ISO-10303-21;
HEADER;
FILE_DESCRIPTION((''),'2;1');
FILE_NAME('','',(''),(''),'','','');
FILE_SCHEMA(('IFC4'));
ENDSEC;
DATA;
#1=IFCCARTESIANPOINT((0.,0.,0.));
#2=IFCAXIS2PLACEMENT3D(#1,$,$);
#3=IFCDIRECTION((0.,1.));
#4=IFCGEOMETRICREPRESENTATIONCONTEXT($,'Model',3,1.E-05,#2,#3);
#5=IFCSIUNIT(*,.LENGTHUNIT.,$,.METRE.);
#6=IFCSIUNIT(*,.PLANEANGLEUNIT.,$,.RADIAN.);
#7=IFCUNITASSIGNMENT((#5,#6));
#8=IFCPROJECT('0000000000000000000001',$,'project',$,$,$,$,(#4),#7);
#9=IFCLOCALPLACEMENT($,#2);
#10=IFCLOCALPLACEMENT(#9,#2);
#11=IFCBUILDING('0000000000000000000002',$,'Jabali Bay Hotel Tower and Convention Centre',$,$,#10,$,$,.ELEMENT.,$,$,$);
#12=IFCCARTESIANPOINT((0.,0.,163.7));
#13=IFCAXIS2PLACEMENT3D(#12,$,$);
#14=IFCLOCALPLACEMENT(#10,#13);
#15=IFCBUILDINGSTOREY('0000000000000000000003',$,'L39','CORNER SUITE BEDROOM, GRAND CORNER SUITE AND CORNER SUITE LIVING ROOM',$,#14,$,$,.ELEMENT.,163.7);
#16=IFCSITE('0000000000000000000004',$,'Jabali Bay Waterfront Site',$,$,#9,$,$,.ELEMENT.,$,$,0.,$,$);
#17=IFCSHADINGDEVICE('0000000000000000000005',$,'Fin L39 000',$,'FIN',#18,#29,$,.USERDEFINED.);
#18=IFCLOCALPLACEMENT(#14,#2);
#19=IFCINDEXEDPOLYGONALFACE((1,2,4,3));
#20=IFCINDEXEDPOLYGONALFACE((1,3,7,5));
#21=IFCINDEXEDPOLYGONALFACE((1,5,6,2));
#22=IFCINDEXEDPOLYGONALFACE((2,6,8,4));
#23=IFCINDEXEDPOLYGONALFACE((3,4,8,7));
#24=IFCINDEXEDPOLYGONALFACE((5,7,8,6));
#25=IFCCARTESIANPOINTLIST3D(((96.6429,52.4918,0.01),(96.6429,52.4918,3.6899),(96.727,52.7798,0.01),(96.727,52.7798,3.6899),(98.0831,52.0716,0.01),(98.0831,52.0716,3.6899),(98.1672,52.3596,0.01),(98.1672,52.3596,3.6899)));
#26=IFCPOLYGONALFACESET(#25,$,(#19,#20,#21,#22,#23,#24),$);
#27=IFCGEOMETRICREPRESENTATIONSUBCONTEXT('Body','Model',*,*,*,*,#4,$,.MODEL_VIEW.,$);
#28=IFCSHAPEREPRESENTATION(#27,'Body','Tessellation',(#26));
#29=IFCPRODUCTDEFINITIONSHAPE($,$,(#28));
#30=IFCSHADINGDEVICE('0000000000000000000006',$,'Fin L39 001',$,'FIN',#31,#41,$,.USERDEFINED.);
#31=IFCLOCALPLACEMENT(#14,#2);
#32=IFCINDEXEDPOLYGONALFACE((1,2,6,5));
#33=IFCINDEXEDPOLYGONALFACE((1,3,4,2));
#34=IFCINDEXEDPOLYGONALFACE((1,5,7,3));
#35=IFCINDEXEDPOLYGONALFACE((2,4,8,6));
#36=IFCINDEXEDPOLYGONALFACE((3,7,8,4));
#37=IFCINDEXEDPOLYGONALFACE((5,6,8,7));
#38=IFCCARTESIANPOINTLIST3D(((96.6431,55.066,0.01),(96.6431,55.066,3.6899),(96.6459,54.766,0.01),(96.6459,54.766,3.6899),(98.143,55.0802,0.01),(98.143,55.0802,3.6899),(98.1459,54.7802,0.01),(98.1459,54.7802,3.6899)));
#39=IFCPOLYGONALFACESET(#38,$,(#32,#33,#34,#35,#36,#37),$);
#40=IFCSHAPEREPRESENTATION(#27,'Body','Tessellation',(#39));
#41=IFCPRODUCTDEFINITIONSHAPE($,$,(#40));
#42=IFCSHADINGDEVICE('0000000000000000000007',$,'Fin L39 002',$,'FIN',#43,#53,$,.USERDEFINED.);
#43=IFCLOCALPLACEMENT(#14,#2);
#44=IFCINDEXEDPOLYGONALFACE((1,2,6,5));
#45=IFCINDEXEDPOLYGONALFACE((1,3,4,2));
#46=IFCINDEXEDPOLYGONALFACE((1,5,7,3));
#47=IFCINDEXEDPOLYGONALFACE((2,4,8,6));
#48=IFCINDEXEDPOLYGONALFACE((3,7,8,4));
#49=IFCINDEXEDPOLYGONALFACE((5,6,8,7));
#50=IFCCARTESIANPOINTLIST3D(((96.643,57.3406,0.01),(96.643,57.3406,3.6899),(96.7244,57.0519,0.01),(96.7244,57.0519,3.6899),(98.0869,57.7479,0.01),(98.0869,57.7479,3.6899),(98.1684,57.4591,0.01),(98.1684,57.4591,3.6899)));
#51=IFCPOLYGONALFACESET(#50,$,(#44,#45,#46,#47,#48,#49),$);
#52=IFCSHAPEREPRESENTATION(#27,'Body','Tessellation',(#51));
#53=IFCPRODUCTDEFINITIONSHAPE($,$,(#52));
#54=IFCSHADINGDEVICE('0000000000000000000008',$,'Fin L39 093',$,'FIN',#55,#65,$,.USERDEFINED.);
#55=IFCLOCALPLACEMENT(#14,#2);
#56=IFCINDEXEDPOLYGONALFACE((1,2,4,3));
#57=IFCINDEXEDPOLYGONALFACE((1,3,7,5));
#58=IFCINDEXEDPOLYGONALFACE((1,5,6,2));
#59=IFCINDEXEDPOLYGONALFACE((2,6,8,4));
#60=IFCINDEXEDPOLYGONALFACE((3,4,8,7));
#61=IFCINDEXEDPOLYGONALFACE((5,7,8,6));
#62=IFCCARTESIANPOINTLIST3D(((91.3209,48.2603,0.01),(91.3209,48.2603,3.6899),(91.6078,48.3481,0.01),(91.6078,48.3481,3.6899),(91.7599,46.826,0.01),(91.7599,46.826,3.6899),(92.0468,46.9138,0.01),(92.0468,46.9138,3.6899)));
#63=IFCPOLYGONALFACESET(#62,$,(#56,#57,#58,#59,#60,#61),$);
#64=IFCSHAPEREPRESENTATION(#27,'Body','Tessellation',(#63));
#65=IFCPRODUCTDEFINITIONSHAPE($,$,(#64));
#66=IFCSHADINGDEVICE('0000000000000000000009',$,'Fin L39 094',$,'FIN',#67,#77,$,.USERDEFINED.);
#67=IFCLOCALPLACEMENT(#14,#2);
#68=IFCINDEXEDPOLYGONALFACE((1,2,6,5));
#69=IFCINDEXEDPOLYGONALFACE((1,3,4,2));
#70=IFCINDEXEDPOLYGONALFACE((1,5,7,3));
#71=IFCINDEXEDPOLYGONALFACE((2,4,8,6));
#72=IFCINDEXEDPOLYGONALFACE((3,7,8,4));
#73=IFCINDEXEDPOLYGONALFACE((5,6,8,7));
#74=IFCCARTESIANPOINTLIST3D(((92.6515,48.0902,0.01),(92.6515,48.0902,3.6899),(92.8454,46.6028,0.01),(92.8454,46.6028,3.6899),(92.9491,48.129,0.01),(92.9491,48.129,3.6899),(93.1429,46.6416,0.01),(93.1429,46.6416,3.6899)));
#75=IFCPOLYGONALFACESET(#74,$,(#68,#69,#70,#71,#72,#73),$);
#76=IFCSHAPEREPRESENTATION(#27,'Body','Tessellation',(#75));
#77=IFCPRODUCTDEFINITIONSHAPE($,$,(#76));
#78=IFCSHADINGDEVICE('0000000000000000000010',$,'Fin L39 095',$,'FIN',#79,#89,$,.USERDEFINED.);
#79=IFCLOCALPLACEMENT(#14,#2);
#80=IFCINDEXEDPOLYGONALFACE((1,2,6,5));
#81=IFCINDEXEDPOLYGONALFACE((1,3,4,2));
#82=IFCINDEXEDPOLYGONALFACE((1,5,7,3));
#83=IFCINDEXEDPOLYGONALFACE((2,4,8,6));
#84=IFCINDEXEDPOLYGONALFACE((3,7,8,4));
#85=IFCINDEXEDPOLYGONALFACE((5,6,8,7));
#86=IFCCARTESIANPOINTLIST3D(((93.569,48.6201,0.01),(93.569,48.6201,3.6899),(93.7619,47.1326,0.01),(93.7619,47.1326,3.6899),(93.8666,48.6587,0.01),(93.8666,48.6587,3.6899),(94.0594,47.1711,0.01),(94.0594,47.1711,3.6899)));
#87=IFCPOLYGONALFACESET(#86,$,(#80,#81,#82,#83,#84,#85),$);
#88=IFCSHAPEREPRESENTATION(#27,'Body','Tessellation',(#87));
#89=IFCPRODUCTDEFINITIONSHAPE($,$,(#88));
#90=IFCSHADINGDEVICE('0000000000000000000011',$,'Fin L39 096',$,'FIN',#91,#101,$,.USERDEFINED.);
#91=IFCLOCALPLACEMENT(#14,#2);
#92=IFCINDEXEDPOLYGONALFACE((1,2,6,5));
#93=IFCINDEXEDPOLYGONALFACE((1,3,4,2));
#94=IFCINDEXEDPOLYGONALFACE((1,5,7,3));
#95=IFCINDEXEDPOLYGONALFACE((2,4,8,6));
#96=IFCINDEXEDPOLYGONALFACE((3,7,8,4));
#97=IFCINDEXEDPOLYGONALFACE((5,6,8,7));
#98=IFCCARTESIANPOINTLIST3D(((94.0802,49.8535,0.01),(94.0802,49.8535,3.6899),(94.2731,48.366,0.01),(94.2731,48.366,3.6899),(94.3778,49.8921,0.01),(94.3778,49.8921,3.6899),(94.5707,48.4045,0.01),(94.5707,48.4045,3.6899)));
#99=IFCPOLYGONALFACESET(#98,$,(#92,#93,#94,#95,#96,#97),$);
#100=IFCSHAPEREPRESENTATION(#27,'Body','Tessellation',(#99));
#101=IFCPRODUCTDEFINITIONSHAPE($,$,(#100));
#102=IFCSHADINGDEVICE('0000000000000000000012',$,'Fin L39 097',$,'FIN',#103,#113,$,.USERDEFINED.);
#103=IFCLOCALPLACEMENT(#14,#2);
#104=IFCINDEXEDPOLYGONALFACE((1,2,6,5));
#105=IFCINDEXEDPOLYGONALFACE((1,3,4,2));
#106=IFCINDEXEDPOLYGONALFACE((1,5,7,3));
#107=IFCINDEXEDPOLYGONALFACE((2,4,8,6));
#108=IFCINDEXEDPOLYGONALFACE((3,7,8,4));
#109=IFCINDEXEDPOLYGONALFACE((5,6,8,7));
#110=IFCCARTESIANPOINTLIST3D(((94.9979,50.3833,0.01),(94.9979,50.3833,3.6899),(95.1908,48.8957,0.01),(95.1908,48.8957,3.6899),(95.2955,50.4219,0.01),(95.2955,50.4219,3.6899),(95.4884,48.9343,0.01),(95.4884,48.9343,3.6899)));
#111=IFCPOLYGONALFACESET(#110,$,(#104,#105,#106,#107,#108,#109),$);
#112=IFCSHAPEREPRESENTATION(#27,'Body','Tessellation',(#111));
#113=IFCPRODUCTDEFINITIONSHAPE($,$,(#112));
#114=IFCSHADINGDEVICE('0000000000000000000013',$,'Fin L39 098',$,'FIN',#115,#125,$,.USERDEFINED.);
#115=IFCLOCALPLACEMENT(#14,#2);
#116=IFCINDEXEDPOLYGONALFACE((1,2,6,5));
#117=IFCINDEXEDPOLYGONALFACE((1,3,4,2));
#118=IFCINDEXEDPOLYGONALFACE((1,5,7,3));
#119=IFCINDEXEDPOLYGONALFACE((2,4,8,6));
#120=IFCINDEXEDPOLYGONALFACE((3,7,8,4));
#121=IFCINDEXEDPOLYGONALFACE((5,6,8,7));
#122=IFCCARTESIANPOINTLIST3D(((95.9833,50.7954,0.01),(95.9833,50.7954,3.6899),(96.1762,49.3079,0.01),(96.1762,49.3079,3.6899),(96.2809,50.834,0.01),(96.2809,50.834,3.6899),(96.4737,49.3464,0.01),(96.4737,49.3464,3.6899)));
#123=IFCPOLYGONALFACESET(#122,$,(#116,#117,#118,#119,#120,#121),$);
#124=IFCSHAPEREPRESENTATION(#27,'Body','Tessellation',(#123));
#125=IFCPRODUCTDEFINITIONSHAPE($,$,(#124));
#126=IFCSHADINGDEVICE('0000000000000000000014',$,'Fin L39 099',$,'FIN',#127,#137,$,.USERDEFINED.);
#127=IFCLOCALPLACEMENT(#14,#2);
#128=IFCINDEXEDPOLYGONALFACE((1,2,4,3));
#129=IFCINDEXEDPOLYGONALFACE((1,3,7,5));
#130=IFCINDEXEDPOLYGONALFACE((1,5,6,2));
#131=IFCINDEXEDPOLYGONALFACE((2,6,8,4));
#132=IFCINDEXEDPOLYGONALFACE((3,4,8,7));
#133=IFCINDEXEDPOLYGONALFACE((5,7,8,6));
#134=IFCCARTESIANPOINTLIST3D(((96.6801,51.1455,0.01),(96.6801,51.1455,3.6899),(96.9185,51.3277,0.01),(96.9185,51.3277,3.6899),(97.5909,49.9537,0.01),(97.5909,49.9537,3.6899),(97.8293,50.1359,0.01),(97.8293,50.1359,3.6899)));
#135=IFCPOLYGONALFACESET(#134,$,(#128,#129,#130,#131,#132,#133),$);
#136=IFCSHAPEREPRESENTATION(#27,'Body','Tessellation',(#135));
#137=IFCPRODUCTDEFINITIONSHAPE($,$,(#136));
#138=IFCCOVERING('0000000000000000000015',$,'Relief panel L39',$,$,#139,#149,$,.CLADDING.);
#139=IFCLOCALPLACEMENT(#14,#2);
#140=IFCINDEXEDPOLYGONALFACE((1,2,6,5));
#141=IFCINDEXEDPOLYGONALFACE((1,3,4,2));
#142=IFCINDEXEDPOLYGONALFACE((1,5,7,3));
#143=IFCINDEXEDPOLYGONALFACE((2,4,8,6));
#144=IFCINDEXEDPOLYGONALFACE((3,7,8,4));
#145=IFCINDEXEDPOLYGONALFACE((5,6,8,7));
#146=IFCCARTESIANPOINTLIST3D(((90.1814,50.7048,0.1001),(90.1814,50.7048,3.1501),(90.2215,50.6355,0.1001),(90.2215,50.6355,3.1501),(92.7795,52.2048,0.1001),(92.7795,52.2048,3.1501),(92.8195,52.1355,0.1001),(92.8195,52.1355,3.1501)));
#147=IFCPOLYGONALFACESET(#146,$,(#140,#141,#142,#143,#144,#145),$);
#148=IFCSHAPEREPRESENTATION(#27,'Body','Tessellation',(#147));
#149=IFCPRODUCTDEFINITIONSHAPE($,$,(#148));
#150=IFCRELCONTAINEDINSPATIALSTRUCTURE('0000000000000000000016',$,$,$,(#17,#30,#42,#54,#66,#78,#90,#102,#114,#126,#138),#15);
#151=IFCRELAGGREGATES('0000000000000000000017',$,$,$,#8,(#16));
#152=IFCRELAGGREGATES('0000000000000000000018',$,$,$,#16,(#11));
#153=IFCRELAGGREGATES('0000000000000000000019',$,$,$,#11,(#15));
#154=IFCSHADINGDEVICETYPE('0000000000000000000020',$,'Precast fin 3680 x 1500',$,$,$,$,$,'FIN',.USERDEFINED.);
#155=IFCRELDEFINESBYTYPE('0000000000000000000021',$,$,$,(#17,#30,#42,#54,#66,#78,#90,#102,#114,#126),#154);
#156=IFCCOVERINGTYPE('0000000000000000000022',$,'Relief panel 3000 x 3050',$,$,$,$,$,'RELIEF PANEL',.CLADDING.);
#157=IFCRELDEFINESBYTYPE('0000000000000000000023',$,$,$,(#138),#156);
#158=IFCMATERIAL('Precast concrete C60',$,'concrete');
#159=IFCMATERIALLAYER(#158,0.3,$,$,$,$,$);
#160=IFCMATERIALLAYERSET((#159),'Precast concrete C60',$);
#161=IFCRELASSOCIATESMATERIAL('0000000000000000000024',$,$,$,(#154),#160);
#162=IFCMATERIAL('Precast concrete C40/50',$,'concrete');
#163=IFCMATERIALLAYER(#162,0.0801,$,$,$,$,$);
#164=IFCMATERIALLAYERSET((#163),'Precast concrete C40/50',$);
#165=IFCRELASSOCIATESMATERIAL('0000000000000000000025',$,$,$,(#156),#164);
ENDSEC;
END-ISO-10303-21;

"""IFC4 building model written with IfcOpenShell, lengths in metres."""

from ifc_helpers import new_model, si_unit, direction, frame, frame_2d, origin, origin_2d, place, context, subcontext, project, spatial, rectangle, extrude, material, layer, layer_set, type_object, element, save


model = new_model("IFC4")

# Units and contexts
model_context = context("Model", 3, precision=1e-05, world=origin(), true_north=direction((0.0, 1.0)))
body_context = subcontext(model_context, "Body", "Model", "MODEL_VIEW")
ifc_project = project(units=[si_unit("LENGTHUNIT", "METRE"), si_unit("PLANEANGLEUNIT", "RADIAN")], contexts=[model_context])

# Site, building, storey
site_placement = place(None, origin())
site = spatial("IfcSite", under=ifc_project, at=site_placement, Name="Jabali Bay Waterfront Site", CompositionType="ELEMENT", RefElevation=0.0)
building_placement = place(site_placement, origin())
building = spatial("IfcBuilding", under=site, at=building_placement, Name="Jabali Bay Hotel Tower and Convention Centre", CompositionType="ELEMENT")
storey_placement = place(building_placement, frame((0.0, 0.0, 163.7)))
storey = spatial("IfcBuildingStorey", under=building, at=storey_placement, Name="L39", Description="CORNER SUITE BEDROOM, GRAND CORNER SUITE AND CORNER SUITE LIVING ROOM", CompositionType="ELEMENT", Elevation=163.7)

# Shading devices
ifc_material_1 = material(Name="Precast concrete C60", Category="concrete")
ifc_layer_1 = layer(ifc_material_1, 0.3)
ifc_layer_set_1 = layer_set([ifc_layer_1], Name="Precast concrete C60")
shading_device_type = type_object("IfcShadingDeviceType", Name="Precast fin 3680 x 1500", ElementType="FIN", PredefinedType="USERDEFINED", material=ifc_layer_set_1)
shading_device_1_placement = place(storey_placement, frame((96.6851, 52.6357, 0.01), z_axis=(0.0, 0.0, 1.0), x_axis=(0.95998, -0.280069, 0.0)))
element("IfcShadingDevice", 1, at=shading_device_1_placement, inside=storey, type_object=shading_device_type, Name="Fin L39 000", ObjectType="FIN", PredefinedType="USERDEFINED", context=body_context, shape_type="SweptSolid", body=[
    extrude(rectangle(XDim=1.5002, YDim=0.3, at=frame_2d((0.75, 0.0))), origin(), (0.0, 0.0, 1.0), 3.6799),
])
shading_device_2_placement = place(storey_placement, frame((96.6445, 54.916, 0.01), z_axis=(0.0, 0.0, 1.0), x_axis=(0.999955, 0.00944, 0.0)))
element("IfcShadingDevice", 2, at=shading_device_2_placement, inside=storey, type_object=shading_device_type, Name="Fin L39 001", ObjectType="FIN", PredefinedType="USERDEFINED", context=body_context, shape_type="SweptSolid", body=[
    extrude(rectangle(XDim=1.5, YDim=0.3, at=frame_2d((0.75, 0.0))), origin(), (0.0, 0.0, 1.0), 3.6799),
])
shading_device_3_placement = place(storey_placement, frame((96.6838, 57.1963, 0.01), z_axis=(0.0, 0.0, 1.0), x_axis=(0.962452, 0.271452, 0.0)))
element("IfcShadingDevice", 3, at=shading_device_3_placement, inside=storey, type_object=shading_device_type, Name="Fin L39 002", ObjectType="FIN", PredefinedType="USERDEFINED", context=body_context, shape_type="SweptSolid", body=[
    extrude(rectangle(XDim=1.5002, YDim=0.3, at=frame_2d((0.75, 0.0))), origin(), (0.0, 0.0, 1.0), 3.6799),
])
for number, where, z_axis, x_axis, name in (
    (4, (91.4644, 48.3042, 0.01), (0.0, 0.0, 1.0), (0.292644, -0.956221, 0.0), "Fin L39 093"),
    (5, (92.8003, 48.1096, 0.01), (0.0, 0.0, 1.0), (0.129242, -0.991613, 0.0), "Fin L39 094"),
    (6, (93.7178, 48.6394, 0.01), (0.0, 0.0, 1.0), (0.128581, -0.991699, 0.0), "Fin L39 095"),
    (7, (94.229, 49.8728, 0.01), (0.0, 0.0, 1.0), (0.128581, -0.991699, 0.0), "Fin L39 096"),
    (8, (95.1467, 50.4026, 0.01), (0.0, 0.0, 1.0), (0.128581, -0.991699, 0.0), "Fin L39 097"),
    (9, (96.1321, 50.8147, 0.01), (0.0, 0.0, 1.0), (0.128581, -0.991699, 0.0), "Fin L39 098"),
    (10, (96.7993, 51.2366, 0.01), (0.0, 0.0, 1.0), (0.607214, -0.794538, 0.0), "Fin L39 099"),
):
    element("IfcShadingDevice", number, at=place(storey_placement, frame(where, z_axis=z_axis, x_axis=x_axis)), inside=storey, type_object=shading_device_type, Name=name, ObjectType="FIN", PredefinedType="USERDEFINED", context=body_context, shape_type="SweptSolid", body=[
        extrude(rectangle(XDim=1.5, YDim=0.3, at=frame_2d((0.75, 0.0))), origin(), (0.0, 0.0, 1.0), 3.6799),
    ])

# Covering
ifc_material_2 = material(Name="Precast concrete C40/50", Category="concrete")
ifc_layer_2 = layer(ifc_material_2, 0.0801)
ifc_layer_set_2 = layer_set([ifc_layer_2], Name="Precast concrete C40/50")
covering_type = type_object("IfcCoveringType", Name="Relief panel 3000 x 3050", ElementType="RELIEF PANEL", PredefinedType="CLADDING", material=ifc_layer_set_2)
covering_placement = place(storey_placement, frame((91.5005, 51.4202, 0.1001), z_axis=(0.0, 0.0, 1.0), x_axis=(-0.866025, -0.5, 0.0)))
element("IfcCovering", 11, at=covering_placement, inside=storey, type_object=covering_type, Name="Relief panel L39", PredefinedType="CLADDING", context=body_context, shape_type="SweptSolid", body=[
    extrude(rectangle(XDim=3.0, YDim=0.0801, at=origin_2d()), origin(), (0.0, 0.0, 1.0), 3.05),
])

save(model, "model.ifc")
